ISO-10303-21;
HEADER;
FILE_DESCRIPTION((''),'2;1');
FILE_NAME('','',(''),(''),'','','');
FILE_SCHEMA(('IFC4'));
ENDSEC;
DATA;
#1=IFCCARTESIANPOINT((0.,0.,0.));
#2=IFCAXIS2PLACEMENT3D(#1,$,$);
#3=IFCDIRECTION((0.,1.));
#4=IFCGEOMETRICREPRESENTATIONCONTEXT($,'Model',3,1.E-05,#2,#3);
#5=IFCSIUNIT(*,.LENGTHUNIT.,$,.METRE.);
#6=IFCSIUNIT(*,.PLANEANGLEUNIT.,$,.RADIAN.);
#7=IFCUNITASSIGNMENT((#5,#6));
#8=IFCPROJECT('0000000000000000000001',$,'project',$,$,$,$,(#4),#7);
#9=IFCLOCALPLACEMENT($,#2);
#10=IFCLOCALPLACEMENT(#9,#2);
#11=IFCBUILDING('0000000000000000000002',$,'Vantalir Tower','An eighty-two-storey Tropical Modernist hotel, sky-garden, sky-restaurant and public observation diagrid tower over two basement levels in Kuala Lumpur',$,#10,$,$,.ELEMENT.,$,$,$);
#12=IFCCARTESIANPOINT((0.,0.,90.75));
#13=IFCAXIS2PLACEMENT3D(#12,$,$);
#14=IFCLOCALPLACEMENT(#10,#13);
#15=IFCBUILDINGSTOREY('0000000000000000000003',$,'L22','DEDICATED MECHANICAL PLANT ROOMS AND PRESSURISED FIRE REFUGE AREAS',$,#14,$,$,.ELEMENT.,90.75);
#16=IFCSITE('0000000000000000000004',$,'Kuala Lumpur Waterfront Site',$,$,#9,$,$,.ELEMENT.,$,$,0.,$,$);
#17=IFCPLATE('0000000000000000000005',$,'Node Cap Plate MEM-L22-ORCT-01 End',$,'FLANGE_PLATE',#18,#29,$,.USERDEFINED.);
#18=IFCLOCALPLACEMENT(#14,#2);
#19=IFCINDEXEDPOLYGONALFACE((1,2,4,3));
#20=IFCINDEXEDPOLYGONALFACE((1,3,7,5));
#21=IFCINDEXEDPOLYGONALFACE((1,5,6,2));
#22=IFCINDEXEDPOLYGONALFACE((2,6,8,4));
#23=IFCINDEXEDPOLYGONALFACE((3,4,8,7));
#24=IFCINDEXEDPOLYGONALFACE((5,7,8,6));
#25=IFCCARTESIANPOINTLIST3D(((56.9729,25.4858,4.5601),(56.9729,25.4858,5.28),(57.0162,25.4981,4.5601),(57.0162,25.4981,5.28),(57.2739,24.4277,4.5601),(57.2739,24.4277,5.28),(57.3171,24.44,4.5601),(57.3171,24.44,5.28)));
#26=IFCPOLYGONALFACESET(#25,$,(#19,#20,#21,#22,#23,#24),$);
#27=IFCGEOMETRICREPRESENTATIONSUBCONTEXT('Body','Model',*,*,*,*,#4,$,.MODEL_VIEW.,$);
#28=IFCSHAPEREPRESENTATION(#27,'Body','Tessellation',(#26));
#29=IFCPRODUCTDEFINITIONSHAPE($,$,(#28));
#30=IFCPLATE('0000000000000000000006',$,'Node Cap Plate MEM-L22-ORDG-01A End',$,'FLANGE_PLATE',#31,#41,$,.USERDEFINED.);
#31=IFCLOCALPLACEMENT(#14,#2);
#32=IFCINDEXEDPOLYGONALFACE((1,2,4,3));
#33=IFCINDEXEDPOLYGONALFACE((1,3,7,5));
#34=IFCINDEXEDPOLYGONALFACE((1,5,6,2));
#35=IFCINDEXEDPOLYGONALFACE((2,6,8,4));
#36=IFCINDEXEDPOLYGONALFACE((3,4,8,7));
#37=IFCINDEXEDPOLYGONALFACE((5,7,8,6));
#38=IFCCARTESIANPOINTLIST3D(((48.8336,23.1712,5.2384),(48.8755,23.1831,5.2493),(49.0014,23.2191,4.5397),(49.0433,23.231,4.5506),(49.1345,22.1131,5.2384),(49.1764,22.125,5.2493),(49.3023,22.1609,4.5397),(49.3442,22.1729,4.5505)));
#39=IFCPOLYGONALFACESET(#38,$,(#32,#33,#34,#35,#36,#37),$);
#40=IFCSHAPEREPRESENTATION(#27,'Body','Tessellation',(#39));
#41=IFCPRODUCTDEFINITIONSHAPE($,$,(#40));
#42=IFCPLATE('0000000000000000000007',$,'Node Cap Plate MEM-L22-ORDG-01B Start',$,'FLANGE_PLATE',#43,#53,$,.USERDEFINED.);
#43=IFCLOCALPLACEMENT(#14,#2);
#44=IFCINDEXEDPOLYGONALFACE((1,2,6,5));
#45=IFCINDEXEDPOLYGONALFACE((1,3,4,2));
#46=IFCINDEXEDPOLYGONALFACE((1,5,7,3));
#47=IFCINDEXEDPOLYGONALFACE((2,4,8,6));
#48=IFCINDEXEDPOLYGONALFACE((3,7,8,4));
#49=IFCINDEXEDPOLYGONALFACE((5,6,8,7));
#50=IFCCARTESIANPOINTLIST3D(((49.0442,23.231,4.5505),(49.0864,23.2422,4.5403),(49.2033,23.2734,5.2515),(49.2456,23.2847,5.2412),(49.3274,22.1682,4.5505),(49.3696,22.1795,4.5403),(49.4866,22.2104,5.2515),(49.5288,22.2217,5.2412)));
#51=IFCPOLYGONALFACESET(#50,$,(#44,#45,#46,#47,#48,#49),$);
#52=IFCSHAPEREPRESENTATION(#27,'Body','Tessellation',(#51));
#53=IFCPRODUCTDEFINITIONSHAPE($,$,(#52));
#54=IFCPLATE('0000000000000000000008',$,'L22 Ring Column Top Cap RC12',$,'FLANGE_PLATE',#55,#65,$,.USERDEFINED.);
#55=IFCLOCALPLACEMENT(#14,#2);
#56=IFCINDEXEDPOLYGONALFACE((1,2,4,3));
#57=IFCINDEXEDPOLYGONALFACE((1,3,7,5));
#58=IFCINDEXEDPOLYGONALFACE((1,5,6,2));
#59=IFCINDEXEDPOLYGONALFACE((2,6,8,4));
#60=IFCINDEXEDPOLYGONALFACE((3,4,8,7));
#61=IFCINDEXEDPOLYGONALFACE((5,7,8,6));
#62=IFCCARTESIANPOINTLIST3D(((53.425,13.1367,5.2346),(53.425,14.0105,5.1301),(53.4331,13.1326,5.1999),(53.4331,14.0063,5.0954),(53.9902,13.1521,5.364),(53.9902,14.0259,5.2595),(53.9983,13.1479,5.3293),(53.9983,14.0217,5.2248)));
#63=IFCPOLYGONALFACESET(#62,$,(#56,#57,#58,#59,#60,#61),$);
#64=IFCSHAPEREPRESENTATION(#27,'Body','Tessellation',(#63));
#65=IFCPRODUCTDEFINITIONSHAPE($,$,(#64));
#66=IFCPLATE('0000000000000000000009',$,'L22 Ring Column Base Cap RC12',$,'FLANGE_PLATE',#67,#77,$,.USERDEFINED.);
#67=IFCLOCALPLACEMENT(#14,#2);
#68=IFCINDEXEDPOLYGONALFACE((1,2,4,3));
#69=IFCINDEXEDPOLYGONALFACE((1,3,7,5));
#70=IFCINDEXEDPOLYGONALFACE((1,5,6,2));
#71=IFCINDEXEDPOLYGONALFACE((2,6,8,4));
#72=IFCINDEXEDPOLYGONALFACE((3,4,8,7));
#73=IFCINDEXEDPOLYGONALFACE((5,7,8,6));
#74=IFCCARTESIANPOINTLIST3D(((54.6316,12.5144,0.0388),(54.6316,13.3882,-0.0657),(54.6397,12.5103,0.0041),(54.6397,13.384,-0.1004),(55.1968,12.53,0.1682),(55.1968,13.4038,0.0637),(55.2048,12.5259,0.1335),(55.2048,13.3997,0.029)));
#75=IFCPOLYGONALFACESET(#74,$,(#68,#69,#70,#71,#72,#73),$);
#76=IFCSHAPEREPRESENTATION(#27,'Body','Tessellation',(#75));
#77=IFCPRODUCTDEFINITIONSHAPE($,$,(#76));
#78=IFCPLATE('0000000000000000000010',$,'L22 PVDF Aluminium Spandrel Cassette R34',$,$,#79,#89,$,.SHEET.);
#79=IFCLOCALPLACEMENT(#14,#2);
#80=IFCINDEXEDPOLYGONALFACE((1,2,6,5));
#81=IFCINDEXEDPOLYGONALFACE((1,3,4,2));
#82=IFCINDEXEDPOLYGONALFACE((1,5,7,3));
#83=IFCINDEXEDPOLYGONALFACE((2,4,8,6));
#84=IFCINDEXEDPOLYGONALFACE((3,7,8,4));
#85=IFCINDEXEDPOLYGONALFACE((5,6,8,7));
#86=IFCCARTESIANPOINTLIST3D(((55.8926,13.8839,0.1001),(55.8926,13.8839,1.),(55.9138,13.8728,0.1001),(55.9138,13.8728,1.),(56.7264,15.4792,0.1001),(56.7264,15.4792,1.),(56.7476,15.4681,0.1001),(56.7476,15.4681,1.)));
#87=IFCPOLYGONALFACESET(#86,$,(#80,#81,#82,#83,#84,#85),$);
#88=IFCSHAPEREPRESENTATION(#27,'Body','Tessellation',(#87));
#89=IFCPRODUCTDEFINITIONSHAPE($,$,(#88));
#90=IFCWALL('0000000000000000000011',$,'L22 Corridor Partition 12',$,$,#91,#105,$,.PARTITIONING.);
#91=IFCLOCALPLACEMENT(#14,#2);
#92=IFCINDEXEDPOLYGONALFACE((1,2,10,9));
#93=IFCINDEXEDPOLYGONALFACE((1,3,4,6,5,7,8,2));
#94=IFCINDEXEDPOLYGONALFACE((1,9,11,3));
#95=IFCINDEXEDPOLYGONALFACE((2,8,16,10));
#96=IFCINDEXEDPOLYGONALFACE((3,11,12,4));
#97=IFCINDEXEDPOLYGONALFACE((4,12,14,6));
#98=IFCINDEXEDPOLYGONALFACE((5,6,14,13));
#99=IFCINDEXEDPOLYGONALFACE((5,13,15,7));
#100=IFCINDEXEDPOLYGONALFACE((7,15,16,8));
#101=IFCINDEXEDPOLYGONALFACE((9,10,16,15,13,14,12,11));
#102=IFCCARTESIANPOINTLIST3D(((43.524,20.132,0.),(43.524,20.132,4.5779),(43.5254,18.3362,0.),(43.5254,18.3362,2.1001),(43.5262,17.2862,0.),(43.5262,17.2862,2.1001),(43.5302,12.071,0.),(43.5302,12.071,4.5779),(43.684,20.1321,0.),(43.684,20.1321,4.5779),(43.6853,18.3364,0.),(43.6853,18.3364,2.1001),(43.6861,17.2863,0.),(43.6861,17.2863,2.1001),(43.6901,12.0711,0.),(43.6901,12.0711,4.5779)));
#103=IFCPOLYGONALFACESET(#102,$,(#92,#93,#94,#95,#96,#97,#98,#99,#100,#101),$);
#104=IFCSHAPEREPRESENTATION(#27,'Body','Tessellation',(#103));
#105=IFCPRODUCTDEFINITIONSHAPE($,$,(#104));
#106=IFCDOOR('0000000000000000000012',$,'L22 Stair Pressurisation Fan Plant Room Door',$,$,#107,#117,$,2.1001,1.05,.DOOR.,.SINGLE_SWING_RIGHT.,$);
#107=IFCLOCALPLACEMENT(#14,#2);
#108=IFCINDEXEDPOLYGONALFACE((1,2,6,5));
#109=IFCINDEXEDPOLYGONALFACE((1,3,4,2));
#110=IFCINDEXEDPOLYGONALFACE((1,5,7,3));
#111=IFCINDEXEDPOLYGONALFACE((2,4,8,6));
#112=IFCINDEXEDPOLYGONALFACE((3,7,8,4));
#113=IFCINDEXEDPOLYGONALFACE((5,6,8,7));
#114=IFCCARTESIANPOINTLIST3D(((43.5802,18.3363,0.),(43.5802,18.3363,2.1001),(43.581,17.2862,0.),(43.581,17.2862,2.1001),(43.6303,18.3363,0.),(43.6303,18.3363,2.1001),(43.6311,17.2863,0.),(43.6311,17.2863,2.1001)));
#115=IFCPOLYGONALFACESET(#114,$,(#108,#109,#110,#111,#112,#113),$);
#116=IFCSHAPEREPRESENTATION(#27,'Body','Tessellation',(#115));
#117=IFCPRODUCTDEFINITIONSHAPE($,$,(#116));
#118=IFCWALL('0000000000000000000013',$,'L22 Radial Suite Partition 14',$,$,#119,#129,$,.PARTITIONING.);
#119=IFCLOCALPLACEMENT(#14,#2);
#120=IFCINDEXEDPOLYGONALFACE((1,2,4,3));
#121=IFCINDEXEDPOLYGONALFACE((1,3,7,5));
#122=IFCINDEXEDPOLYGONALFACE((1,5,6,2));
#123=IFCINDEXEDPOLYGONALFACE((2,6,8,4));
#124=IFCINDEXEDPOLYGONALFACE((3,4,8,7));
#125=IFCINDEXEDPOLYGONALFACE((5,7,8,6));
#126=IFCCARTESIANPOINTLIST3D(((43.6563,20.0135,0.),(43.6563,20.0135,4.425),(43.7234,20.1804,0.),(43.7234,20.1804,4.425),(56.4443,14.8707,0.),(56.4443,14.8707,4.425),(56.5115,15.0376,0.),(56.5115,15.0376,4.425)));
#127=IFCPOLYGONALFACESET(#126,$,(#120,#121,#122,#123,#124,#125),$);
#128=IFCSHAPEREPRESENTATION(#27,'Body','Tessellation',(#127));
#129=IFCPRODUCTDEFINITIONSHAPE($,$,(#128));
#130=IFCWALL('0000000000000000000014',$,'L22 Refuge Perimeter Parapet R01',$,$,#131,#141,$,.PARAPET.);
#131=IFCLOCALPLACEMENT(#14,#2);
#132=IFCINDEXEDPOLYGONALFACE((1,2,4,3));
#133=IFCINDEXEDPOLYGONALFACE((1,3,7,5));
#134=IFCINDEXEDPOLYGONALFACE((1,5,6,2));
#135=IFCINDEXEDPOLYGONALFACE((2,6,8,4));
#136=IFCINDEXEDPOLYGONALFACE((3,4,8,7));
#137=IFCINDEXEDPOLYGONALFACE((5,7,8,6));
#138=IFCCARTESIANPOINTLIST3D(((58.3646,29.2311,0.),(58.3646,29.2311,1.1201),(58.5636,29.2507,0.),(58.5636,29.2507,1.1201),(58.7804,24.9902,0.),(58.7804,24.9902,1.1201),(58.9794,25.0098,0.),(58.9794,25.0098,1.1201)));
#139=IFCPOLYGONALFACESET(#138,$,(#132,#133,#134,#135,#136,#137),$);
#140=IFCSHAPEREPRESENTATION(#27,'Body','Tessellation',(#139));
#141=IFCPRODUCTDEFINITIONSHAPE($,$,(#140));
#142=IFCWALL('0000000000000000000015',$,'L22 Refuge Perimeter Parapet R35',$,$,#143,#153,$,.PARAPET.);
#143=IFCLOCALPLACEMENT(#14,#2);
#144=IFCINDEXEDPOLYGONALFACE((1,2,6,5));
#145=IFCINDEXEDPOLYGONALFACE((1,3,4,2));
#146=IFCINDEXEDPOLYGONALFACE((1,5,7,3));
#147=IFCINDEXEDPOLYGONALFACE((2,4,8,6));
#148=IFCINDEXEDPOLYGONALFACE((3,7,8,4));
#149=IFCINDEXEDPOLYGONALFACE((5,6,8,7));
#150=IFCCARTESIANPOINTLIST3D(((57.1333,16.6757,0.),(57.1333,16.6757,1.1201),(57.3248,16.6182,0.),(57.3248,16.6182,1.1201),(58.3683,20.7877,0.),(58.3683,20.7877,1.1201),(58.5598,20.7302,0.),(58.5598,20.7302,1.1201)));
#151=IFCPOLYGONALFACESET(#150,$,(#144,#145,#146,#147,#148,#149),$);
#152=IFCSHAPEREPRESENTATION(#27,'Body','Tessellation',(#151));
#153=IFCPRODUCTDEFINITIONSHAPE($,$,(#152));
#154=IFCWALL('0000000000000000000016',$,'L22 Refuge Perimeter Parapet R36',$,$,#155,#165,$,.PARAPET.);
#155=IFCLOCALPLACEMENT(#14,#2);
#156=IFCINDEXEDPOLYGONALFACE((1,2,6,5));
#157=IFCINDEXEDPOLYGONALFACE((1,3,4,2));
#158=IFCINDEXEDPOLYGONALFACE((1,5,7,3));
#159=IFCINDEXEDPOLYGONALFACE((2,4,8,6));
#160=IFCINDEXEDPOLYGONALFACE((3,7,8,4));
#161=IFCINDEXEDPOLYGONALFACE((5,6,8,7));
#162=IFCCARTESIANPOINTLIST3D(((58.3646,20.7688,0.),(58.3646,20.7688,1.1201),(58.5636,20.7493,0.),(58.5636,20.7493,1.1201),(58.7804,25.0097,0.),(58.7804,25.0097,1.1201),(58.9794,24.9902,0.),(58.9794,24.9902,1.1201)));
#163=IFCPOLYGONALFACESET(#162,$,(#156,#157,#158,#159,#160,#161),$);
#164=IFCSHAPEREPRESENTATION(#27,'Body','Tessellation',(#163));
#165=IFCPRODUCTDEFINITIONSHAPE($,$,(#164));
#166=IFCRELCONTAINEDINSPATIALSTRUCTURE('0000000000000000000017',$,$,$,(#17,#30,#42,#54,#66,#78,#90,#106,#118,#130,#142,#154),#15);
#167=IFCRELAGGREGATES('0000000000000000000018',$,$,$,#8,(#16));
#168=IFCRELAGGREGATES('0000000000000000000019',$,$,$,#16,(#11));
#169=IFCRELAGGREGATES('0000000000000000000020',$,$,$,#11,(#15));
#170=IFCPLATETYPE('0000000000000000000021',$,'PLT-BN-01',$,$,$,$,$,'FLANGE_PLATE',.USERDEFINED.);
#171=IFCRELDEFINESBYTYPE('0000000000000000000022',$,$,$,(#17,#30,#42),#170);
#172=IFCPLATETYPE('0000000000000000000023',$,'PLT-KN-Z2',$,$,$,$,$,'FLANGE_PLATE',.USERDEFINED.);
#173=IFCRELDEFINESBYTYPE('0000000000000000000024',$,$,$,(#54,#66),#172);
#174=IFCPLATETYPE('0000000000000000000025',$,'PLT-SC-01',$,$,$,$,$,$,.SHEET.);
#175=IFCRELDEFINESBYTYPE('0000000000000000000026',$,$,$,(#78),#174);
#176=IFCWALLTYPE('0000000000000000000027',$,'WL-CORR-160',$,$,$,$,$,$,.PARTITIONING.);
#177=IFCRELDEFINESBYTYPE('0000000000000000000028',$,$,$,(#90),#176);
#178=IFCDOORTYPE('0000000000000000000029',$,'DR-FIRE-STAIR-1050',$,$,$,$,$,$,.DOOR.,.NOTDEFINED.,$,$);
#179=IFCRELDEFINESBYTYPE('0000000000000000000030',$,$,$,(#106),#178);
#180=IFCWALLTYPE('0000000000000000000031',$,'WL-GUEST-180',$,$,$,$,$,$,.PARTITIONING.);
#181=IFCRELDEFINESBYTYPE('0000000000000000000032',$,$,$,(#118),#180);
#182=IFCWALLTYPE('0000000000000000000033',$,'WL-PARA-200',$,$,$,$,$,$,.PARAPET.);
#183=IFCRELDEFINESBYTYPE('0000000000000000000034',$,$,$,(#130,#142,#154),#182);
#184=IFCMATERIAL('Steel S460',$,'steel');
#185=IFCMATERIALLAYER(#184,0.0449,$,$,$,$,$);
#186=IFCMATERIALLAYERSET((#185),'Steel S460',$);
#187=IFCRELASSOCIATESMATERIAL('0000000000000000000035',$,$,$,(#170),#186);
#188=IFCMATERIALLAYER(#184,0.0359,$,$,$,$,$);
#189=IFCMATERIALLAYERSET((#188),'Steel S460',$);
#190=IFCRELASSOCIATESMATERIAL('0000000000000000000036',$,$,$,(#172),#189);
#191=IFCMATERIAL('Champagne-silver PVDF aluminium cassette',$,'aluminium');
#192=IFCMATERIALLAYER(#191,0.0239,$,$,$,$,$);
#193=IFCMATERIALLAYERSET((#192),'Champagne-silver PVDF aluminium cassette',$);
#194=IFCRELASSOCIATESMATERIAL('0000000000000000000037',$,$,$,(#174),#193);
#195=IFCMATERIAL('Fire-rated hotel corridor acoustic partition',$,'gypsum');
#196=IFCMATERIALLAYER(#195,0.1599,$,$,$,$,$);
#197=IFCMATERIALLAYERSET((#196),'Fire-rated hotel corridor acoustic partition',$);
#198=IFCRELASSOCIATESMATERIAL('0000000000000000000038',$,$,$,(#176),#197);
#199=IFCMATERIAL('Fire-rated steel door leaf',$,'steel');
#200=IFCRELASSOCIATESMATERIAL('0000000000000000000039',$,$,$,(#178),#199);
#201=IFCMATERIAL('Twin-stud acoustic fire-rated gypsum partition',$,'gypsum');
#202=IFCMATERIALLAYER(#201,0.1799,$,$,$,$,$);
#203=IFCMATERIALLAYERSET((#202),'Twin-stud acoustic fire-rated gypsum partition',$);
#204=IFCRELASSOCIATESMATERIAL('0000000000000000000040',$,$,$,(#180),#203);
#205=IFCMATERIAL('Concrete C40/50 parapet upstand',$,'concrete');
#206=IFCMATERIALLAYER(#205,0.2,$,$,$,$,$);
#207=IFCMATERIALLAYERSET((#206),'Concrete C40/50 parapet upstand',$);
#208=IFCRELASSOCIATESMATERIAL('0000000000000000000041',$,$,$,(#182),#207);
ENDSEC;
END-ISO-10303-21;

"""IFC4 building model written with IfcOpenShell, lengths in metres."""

from ifc_helpers import new_model, si_unit, direction, frame, frame_2d, origin, origin_2d, place, context, subcontext, project, spatial, polyline, rectangle, outline, extrude, material, layer, layer_set, type_object, element, fill, save


model = new_model("IFC4")

# Units and contexts
model_context = context("Model", 3, precision=1e-05, world=origin(), true_north=direction((0.0, 1.0)))
body_context = subcontext(model_context, "Body", "Model", "MODEL_VIEW")
ifc_project = project(units=[si_unit("LENGTHUNIT", "METRE"), si_unit("PLANEANGLEUNIT", "RADIAN")], contexts=[model_context])

# Site, building, storey
site_placement = place(None, origin())
site = spatial("IfcSite", under=ifc_project, at=site_placement, Name="Kuala Lumpur Waterfront Site", CompositionType="ELEMENT", RefElevation=0.0)
building_placement = place(site_placement, origin())
building = spatial("IfcBuilding", under=site, at=building_placement, Name="Vantalir Tower", Description="An eighty-two-storey Tropical Modernist hotel, sky-garden, sky-restaurant and public observation diagrid tower over two basement levels in Kuala Lumpur", CompositionType="ELEMENT")
storey_placement = place(building_placement, frame((0.0, 0.0, 90.75)))
storey = spatial("IfcBuildingStorey", under=building, at=storey_placement, Name="L22", Description="DEDICATED MECHANICAL PLANT ROOMS AND PRESSURISED FIRE REFUGE AREAS", CompositionType="ELEMENT", Elevation=90.75)

# Shared definitions
ifc_material_1 = material(Name="Steel S460", Category="steel")

# Plates
ifc_layer_1 = layer(ifc_material_1, 0.0449)
ifc_layer_set_1 = layer_set([ifc_layer_1], Name="Steel S460")
plate_type_1 = type_object("IfcPlateType", Name="PLT-BN-01", ElementType="FLANGE_PLATE", PredefinedType="USERDEFINED", material=ifc_layer_set_1)
for number, where, z_axis, x_axis, name in (
    (1, (57.145, 24.9629, 4.5601), (0.0, 0.0, 1.0), (0.961856, 0.273556, 0.0), "Node Cap Plate MEM-L22-ORCT-01 End"),
):
    element("IfcPlate", number, at=place(storey_placement, frame(where, z_axis=z_axis, x_axis=x_axis)), inside=storey, type_object=plate_type_1, Name=name, ObjectType="FLANGE_PLATE", PredefinedType="USERDEFINED", context=body_context, shape_type="SweptSolid", body=[
        extrude(rectangle(XDim=0.0449, YDim=1.1001, at=origin_2d()), origin(), (0.0, 0.0, 1.0), 0.72),
    ])
plate_1_placement = place(storey_placement, frame((49.3442, 22.1729, 4.5505), z_axis=(0.93319, 0.26538, 0.242342), x_axis=(-0.27354, 0.961861, 0.000025)))
element("IfcPlate", 2, at=plate_1_placement, inside=storey, type_object=plate_type_1, Name="Node Cap Plate MEM-L22-ORDG-01A End", ObjectType="FLANGE_PLATE", PredefinedType="USERDEFINED", context=body_context, shape_type="SweptSolid", body=[
    extrude(outline(polyline([(0.0, 0.0), (1.1001, 0.0), (1.1, 0.7202), (-0.0001, 0.7202), (0.0, 0.0)])), origin(), (0.0, 0.0, -1.0), 0.0449),
])
plate_2_placement = place(storey_placement, frame((49.0442, 23.231, 4.5505), z_axis=(-0.940661, -0.250641, 0.22877), x_axis=(0.257471, -0.966286, 0.000006)))
element("IfcPlate", 3, at=plate_2_placement, inside=storey, type_object=plate_type_1, Name="Node Cap Plate MEM-L22-ORDG-01B Start", ObjectType="FLANGE_PLATE", PredefinedType="USERDEFINED", context=body_context, shape_type="SweptSolid", body=[
    extrude(outline(polyline([(0.0, 0.0), (1.0998, 0.0), (1.1, 0.72), (-0.0001, 0.72), (0.0, 0.0)])), origin(), (0.0, 0.0, -1.0), 0.0449),
])
ifc_layer_2 = layer(ifc_material_1, 0.0359)
ifc_layer_set_2 = layer_set([ifc_layer_2], Name="Steel S460")
plate_type_2 = type_object("IfcPlateType", Name="PLT-KN-Z2", ElementType="FLANGE_PLATE", PredefinedType="USERDEFINED", material=ifc_layer_set_2)
plate_3_placement = place(storey_placement, frame((53.425, 14.0105, 5.1301), z_axis=(-0.22466, 0.115705, 0.967543), x_axis=(0.0, -0.992925, 0.11874)))
element("IfcPlate", 4, at=plate_3_placement, inside=storey, type_object=plate_type_2, Name="L22 Ring Column Top Cap RC12", ObjectType="FLANGE_PLATE", PredefinedType="USERDEFINED", context=body_context, shape_type="SweptSolid", body=[
    extrude(outline(polyline([(0.0, 0.0), (0.88, 0.0), (0.8801, 0.58), (0.0001, 0.58), (0.0, 0.0)])), origin(), (0.0, 0.0, -1.0), 0.0359),
])
plate_4_placement = place(storey_placement, frame((54.6316, 13.3882, -0.0657), z_axis=(-0.224707, 0.115704, 0.967533), x_axis=(0.0, -0.992925, 0.11874)))
element("IfcPlate", 5, at=plate_4_placement, inside=storey, type_object=plate_type_2, Name="L22 Ring Column Base Cap RC12", ObjectType="FLANGE_PLATE", PredefinedType="USERDEFINED", context=body_context, shape_type="SweptSolid", body=[
    extrude(outline(polyline([(0.0, 0.0), (0.88, 0.0), (0.8799, 0.58), (-0.0002, 0.58), (0.0, 0.0)])), origin(), (0.0, 0.0, -1.0), 0.0359),
])
ifc_material_2 = material(Name="Champagne-silver PVDF aluminium cassette", Category="aluminium")
ifc_layer_3 = layer(ifc_material_2, 0.0239)
ifc_layer_set_3 = layer_set([ifc_layer_3], Name="Champagne-silver PVDF aluminium cassette")
plate_type_3 = type_object("IfcPlateType", Name="PLT-SC-01", PredefinedType="SHEET", material=ifc_layer_set_3)
plate_5_placement = place(storey_placement, frame((56.3201, 14.676, 0.1001), z_axis=(0.0, 0.0, 1.0), x_axis=(0.463219, 0.886244, 0.0)))
element("IfcPlate", 6, at=plate_5_placement, inside=storey, type_object=plate_type_3, Name="L22 PVDF Aluminium Spandrel Cassette R34", PredefinedType="SHEET", context=body_context, shape_type="SweptSolid", body=[
    extrude(rectangle(XDim=1.8, YDim=0.0239, at=origin_2d()), origin(), (0.0, 0.0, 1.0), 0.8999),
])

# Wall, opening, door
ifc_material_3 = material(Name="Fire-rated hotel corridor acoustic partition", Category="gypsum")
ifc_layer_4 = layer(ifc_material_3, 0.1599)
ifc_layer_set_4 = layer_set([ifc_layer_4], Name="Fire-rated hotel corridor acoustic partition")
wall_type_1 = type_object("IfcWallType", Name="WL-CORR-160", PredefinedType="PARTITIONING", material=ifc_layer_set_4)
wall_1_placement = place(storey_placement, frame((43.604, 20.1321, 0.0), z_axis=(0.0, 0.0, 1.0), x_axis=(0.000757, -1.0, 0.0)))
wall_1 = element("IfcWall", 7, at=wall_1_placement, inside=storey, type_object=wall_type_1, Name="L22 Corridor Partition 12", PredefinedType="PARTITIONING", context=body_context, shape_type="SweptSolid", body=[
    extrude(rectangle(XDim=8.061, YDim=0.1599, at=frame_2d((4.0305, 0.0))), origin(), (0.0, 0.0, 1.0), 4.5779),
])
opening_placement = place(wall_1_placement, frame((1.7959, 0.0, 0.0)))
opening = element("IfcOpeningElement", 8, at=opening_placement, cuts=wall_1, PredefinedType="OPENING", context=body_context, shape_type="SweptSolid", body=[
    extrude(rectangle(XDim=1.05, YDim=2.1001, at=frame_2d((0.5249, 1.05))), frame((0.0, 0.0898, 0.0), z_axis=(0.0, -1.0, 0.0), x_axis=(1.0, 0.0, 0.0)), (0.0, 0.0, 1.0), 0.1799),
])
ifc_material_4 = material(Name="Fire-rated steel door leaf", Category="steel")
door_type = type_object("IfcDoorType", Name="DR-FIRE-STAIR-1050", OperationType="NOTDEFINED", PredefinedType="DOOR", material=ifc_material_4)
door_placement = place(opening_placement, origin())
door = element("IfcDoor", 9, at=door_placement, inside=storey, type_object=door_type, Name="L22 Stair Pressurisation Fan Plant Room Door", OperationType="SINGLE_SWING_RIGHT", OverallHeight=2.1001, OverallWidth=1.05, PredefinedType="DOOR", context=body_context, shape_type="SweptSolid", body=[
    extrude(rectangle(XDim=1.05, YDim=2.1001, at=frame_2d((0.5249, 1.05))), frame((0.0, 0.0249, 0.0), z_axis=(0.0, -1.0, 0.0), x_axis=(1.0, 0.0, 0.0)), (0.0, 0.0, 1.0), 0.05),
])
fill(opening, door)

# Walls
ifc_material_5 = material(Name="Twin-stud acoustic fire-rated gypsum partition", Category="gypsum")
ifc_layer_5 = layer(ifc_material_5, 0.1799)
ifc_layer_set_5 = layer_set([ifc_layer_5], Name="Twin-stud acoustic fire-rated gypsum partition")
wall_type_2 = type_object("IfcWallType", Name="WL-GUEST-180", PredefinedType="PARTITIONING", material=ifc_layer_set_5)
wall_2_placement = place(storey_placement, frame((43.6899, 20.0969, 0.0), z_axis=(0.0, 0.0, 1.0), x_axis=(0.927785, -0.373115, 0.0)))
element("IfcWall", 10, at=wall_2_placement, inside=storey, type_object=wall_type_2, Name="L22 Radial Suite Partition 14", PredefinedType="PARTITIONING", context=body_context, shape_type="SweptSolid", body=[
    extrude(rectangle(XDim=13.7834, YDim=0.1799, at=frame_2d((6.8916, 0.0))), origin(), (0.0, 0.0, 1.0), 4.425),
])
ifc_material_6 = material(Name="Concrete C40/50 parapet upstand", Category="concrete")
ifc_layer_6 = layer(ifc_material_6, 0.2)
ifc_layer_set_6 = layer_set([ifc_layer_6], Name="Concrete C40/50 parapet upstand")
wall_type_3 = type_object("IfcWallType", Name="WL-PARA-200", PredefinedType="PARAPET", material=ifc_layer_set_6)
wall_3_placement = place(storey_placement, frame((58.8799, 25.0, 0.0), z_axis=(0.0, 0.0, 1.0), x_axis=(-0.097569, 0.995229, 0.0)))
element("IfcWall", 11, at=wall_3_placement, inside=storey, type_object=wall_type_3, Name="L22 Refuge Perimeter Parapet R01", PredefinedType="PARAPET", context=body_context, shape_type="SweptSolid", body=[
    extrude(rectangle(XDim=4.2612, YDim=0.2, at=frame_2d((2.1306, 0.0))), origin(), (0.0, 0.0, 1.0), 1.1201),
])
wall_4_placement = place(storey_placement, frame((57.229, 16.647, 0.0), z_axis=(0.0, 0.0, 1.0), x_axis=(0.287666, 0.957731, 0.0)))
element("IfcWall", 12, at=wall_4_placement, inside=storey, type_object=wall_type_3, Name="L22 Refuge Perimeter Parapet R35", PredefinedType="PARAPET", context=body_context, shape_type="SweptSolid", body=[
    extrude(rectangle(XDim=4.2935, YDim=0.2, at=frame_2d((2.1467, 0.0))), origin(), (0.0, 0.0, 1.0), 1.1201),
])
wall_5_placement = place(storey_placement, frame((58.4641, 20.759, 0.0), z_axis=(0.0, 0.0, 1.0), x_axis=(0.097569, 0.995229, 0.0)))
element("IfcWall", 13, at=wall_5_placement, inside=storey, type_object=wall_type_3, Name="L22 Refuge Perimeter Parapet R36", PredefinedType="PARAPET", context=body_context, shape_type="SweptSolid", body=[
    extrude(rectangle(XDim=4.2612, YDim=0.2, at=frame_2d((2.1306, 0.0))), origin(), (0.0, 0.0, 1.0), 1.1201),
])

save(model, "model.ifc")
